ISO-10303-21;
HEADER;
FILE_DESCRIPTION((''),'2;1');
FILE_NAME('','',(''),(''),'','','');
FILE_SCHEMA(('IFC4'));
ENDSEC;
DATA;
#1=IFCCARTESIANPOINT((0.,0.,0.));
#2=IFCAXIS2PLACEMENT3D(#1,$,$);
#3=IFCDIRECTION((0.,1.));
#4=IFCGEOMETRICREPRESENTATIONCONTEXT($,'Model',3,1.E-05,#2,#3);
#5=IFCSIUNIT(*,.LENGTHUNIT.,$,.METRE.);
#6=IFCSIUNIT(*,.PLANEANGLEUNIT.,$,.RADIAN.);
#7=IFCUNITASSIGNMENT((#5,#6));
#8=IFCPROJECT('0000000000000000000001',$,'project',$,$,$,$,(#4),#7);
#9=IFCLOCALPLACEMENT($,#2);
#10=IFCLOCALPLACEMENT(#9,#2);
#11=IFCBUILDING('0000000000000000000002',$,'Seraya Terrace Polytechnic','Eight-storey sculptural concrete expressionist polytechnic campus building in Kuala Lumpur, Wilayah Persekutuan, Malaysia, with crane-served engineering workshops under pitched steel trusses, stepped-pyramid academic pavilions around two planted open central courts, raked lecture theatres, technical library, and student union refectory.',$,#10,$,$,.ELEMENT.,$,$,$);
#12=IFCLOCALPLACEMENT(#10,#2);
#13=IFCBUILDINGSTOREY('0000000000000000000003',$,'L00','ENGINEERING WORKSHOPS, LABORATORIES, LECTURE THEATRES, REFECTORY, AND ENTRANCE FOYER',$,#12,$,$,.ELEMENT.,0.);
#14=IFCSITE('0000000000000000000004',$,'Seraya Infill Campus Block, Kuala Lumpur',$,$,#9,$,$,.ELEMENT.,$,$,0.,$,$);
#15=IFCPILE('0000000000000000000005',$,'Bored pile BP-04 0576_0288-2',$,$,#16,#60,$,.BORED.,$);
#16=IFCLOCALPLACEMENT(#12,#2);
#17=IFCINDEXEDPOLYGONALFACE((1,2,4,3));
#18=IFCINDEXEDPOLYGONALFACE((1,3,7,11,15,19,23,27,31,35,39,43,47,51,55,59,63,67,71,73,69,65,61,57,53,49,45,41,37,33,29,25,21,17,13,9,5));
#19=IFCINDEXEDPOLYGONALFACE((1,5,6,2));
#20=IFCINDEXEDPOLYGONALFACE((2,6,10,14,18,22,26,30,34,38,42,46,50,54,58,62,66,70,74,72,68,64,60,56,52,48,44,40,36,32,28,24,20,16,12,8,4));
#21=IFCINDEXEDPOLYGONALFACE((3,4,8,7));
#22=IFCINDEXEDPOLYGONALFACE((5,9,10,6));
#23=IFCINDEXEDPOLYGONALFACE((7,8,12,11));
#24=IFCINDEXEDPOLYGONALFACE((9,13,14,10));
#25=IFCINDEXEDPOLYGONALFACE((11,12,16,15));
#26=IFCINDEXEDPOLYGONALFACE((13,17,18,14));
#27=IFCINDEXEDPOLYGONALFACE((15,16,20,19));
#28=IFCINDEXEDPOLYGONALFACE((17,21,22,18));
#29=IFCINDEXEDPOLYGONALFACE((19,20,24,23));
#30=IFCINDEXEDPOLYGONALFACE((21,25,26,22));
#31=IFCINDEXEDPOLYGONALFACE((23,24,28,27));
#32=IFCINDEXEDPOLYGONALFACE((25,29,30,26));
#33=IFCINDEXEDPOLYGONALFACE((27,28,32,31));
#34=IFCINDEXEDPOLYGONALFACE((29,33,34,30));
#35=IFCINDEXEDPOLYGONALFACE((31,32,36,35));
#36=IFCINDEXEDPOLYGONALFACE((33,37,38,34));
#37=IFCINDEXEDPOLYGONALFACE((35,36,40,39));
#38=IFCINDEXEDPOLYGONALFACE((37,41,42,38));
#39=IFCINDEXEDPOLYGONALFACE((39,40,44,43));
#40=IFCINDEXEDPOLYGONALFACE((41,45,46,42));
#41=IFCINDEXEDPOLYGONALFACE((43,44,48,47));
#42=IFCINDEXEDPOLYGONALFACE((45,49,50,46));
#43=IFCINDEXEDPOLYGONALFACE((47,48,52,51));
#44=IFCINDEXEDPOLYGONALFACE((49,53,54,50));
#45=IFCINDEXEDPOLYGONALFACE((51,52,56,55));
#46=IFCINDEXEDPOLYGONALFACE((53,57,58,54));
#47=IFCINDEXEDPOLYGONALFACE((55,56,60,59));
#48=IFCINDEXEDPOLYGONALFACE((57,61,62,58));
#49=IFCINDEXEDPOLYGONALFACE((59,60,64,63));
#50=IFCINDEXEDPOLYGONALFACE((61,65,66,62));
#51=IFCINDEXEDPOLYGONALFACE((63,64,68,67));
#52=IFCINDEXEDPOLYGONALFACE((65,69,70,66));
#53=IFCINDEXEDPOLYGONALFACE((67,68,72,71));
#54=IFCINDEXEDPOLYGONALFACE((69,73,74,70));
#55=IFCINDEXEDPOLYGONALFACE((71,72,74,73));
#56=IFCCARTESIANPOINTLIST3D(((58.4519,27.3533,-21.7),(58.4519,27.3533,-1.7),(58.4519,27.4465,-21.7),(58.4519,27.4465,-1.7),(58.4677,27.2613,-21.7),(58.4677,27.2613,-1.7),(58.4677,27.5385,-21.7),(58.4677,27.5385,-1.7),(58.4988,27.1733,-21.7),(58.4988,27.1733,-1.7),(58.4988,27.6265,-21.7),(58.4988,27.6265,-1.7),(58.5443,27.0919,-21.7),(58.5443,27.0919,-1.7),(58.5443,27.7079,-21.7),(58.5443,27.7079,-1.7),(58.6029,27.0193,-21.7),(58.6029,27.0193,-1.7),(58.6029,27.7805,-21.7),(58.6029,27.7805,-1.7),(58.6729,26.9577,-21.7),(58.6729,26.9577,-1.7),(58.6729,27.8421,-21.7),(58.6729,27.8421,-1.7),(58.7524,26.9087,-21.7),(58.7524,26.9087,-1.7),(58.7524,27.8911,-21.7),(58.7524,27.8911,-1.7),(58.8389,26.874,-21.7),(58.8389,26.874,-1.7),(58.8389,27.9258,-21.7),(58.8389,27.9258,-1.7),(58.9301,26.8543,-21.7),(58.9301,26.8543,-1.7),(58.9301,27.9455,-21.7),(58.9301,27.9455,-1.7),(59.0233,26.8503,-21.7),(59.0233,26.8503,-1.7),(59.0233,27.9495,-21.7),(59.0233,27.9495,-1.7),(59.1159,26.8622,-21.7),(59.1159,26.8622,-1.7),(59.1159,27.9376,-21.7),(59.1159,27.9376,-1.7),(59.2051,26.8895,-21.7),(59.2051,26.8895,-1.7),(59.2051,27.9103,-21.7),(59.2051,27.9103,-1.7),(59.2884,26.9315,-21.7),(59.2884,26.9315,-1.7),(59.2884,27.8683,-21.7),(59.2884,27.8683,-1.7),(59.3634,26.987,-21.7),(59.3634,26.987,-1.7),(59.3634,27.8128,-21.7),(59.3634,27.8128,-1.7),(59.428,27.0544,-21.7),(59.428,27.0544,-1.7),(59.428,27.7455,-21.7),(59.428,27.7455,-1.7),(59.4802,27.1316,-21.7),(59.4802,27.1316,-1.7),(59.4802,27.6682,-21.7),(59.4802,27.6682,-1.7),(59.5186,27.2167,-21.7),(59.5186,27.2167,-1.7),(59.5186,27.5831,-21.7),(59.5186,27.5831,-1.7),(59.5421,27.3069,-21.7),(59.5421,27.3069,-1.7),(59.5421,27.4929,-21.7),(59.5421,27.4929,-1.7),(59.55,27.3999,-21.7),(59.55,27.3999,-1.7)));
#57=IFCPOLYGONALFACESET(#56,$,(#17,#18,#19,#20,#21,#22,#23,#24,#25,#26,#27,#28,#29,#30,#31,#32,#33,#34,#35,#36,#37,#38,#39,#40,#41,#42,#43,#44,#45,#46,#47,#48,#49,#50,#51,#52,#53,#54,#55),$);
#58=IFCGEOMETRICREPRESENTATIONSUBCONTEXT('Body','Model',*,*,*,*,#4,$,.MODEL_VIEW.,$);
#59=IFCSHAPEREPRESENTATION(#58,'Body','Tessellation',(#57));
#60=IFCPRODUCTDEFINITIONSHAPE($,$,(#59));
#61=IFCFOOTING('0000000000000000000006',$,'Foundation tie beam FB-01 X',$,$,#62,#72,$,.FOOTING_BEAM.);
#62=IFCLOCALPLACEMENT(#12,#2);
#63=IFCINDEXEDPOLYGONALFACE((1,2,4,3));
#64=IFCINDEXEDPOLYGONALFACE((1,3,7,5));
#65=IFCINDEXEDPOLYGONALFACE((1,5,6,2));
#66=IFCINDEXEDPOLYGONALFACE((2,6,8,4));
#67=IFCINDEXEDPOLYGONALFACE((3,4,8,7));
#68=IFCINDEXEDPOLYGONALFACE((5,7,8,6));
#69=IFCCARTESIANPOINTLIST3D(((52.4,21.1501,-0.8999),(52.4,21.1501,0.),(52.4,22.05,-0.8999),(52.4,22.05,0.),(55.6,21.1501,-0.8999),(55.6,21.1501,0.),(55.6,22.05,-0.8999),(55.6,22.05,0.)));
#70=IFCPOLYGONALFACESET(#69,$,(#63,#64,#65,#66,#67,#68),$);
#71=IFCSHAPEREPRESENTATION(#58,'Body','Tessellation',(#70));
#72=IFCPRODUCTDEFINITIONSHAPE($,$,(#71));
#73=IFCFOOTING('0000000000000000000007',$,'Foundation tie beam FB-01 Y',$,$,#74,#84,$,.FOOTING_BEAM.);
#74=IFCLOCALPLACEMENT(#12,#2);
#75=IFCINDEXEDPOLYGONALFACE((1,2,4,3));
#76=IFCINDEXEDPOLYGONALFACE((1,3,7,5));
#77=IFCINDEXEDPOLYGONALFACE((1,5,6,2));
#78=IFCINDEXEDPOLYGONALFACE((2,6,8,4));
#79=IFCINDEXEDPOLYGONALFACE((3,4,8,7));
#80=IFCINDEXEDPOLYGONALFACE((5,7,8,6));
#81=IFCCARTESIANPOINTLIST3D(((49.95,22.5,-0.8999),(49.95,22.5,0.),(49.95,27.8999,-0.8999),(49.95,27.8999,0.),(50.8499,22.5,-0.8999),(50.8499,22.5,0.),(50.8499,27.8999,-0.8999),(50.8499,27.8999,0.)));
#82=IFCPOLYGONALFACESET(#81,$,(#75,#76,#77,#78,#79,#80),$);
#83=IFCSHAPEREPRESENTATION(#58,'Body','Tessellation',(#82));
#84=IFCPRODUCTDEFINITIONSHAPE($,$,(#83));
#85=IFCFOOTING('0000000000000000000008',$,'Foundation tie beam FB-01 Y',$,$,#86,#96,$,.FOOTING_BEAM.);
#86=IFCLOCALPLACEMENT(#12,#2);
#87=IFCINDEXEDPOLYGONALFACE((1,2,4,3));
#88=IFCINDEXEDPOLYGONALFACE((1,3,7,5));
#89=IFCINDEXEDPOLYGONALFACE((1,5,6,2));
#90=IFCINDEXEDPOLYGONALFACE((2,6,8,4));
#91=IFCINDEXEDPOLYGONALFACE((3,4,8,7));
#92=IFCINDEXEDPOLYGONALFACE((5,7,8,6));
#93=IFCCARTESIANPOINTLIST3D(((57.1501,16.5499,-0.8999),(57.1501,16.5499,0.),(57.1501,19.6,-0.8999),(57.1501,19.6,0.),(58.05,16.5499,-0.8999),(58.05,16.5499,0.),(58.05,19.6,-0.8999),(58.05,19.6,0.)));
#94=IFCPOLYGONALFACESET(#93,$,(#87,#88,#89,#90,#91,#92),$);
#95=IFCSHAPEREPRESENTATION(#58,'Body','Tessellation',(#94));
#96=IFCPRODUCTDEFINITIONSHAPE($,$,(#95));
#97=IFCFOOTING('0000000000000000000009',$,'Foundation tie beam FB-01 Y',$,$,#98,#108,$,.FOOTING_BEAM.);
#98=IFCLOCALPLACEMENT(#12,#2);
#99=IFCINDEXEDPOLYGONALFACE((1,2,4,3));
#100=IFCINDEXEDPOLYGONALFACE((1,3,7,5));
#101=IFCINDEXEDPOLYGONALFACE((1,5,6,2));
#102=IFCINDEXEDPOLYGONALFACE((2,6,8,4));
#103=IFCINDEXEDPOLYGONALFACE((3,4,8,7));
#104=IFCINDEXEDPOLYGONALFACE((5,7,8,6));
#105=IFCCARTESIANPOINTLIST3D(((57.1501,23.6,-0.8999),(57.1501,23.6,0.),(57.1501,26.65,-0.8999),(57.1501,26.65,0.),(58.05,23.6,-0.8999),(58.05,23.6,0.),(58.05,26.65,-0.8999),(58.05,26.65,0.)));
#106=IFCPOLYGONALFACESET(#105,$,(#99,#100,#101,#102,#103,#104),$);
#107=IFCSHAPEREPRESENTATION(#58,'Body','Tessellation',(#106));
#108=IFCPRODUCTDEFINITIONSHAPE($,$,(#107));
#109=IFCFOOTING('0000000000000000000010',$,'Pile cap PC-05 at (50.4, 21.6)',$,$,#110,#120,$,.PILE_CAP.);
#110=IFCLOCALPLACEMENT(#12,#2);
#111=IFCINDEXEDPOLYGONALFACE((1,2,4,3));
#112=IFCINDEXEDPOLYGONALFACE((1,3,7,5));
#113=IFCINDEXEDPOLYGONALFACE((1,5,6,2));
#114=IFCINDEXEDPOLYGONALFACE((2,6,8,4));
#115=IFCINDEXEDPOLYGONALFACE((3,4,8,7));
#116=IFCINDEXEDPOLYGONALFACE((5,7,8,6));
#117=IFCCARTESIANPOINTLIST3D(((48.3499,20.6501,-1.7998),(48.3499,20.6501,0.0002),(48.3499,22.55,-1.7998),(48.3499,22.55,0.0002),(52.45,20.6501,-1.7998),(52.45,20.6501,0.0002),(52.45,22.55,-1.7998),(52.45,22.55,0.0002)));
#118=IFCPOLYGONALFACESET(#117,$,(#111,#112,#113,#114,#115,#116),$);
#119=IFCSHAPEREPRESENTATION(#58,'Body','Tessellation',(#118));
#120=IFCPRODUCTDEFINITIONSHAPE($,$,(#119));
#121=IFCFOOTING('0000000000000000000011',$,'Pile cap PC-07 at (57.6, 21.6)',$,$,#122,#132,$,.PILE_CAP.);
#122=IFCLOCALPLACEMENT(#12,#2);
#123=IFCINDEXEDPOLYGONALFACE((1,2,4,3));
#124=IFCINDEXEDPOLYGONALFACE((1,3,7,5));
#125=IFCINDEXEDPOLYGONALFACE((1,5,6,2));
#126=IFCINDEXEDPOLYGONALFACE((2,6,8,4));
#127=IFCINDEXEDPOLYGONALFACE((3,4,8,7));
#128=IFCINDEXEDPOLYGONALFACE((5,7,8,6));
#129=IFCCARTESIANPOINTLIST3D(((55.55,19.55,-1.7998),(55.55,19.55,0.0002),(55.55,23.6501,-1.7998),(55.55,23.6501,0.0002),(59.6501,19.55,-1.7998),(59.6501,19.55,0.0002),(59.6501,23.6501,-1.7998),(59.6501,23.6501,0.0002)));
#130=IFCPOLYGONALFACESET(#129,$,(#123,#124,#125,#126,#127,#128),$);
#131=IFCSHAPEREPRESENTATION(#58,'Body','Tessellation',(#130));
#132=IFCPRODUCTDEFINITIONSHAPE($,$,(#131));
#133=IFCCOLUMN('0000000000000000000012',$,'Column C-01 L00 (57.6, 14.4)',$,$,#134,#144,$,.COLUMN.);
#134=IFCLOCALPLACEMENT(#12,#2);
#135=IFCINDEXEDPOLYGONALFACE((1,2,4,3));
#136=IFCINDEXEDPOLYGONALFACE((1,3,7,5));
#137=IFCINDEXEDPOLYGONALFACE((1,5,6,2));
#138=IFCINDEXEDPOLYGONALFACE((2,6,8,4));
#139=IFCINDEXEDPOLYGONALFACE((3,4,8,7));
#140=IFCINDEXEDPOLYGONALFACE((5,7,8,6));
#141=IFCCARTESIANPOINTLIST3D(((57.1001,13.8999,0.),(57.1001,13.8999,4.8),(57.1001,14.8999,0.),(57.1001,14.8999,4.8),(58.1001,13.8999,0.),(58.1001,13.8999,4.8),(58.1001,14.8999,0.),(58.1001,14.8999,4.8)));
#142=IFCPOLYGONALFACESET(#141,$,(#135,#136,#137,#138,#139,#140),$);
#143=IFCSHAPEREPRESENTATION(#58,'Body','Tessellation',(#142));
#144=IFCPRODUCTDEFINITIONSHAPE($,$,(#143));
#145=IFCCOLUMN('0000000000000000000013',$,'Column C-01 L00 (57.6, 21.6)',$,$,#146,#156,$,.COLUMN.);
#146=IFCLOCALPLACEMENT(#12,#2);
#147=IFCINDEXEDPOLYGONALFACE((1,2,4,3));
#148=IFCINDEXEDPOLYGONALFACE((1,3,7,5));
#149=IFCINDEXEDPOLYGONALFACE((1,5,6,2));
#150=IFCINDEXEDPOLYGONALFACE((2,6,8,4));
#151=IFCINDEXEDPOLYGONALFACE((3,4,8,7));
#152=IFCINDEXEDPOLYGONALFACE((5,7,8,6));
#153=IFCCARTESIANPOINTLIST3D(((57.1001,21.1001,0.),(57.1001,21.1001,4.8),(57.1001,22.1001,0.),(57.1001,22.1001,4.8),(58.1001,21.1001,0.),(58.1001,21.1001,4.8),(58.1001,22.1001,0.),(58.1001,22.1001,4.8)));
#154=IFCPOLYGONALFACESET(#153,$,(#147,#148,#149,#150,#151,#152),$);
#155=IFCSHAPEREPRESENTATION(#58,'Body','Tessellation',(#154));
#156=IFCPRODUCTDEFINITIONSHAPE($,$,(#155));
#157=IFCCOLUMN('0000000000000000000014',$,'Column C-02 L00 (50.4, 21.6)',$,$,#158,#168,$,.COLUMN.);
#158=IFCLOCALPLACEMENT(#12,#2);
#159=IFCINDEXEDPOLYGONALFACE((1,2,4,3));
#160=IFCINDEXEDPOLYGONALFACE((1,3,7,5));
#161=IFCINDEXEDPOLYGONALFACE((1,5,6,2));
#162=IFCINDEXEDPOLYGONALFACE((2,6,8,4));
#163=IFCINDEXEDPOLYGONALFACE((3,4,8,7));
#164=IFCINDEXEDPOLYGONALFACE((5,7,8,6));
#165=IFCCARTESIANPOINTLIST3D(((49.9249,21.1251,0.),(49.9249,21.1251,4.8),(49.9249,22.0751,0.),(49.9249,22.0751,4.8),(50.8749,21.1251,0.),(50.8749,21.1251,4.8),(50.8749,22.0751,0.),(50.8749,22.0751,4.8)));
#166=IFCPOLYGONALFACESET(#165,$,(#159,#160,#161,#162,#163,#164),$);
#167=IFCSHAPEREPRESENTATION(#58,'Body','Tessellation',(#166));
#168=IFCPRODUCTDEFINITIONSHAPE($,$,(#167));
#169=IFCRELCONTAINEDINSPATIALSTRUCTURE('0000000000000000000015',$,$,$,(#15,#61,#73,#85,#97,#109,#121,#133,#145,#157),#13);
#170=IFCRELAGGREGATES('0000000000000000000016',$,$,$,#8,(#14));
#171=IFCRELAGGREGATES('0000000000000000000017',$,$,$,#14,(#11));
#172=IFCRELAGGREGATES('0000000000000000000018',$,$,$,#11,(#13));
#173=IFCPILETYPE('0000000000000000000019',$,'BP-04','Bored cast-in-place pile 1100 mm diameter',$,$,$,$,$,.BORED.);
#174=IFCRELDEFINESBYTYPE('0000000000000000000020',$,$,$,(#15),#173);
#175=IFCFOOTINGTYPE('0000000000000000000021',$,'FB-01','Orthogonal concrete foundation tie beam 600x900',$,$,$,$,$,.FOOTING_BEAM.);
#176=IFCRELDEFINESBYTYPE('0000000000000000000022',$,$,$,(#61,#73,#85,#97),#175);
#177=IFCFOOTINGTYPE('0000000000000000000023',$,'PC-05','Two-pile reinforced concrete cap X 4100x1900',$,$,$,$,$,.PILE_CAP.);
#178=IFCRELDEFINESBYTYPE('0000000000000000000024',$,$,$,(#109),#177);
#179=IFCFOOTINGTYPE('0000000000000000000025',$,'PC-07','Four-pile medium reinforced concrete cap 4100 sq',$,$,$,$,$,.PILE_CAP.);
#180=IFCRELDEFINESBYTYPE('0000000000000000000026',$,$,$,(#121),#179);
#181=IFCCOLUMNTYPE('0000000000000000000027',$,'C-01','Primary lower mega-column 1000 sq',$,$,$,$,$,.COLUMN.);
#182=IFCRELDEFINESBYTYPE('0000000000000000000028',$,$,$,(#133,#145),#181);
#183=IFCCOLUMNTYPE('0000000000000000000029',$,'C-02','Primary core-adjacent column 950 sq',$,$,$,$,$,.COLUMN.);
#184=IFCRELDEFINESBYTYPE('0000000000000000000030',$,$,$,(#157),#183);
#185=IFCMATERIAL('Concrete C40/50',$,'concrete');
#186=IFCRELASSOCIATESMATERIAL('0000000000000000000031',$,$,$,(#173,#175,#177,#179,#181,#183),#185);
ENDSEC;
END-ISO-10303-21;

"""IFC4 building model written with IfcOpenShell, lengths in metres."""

from ifc_helpers import new_model, si_unit, direction, frame, origin, origin_2d, place, context, subcontext, project, spatial, rectangle, circle, extrude, material, material_profile, profile_set, type_object, element, save


model = new_model("IFC4")

# Units and contexts
model_context = context("Model", 3, precision=1e-05, world=origin(), true_north=direction((0.0, 1.0)))
body_context = subcontext(model_context, "Body", "Model", "MODEL_VIEW")
ifc_project = project(units=[si_unit("LENGTHUNIT", "METRE"), si_unit("PLANEANGLEUNIT", "RADIAN")], contexts=[model_context])

# Site, building, storey
site_placement = place(None, origin())
site = spatial("IfcSite", under=ifc_project, at=site_placement, Name="Seraya Infill Campus Block, Kuala Lumpur", CompositionType="ELEMENT", RefElevation=0.0)
building_placement = place(site_placement, origin())
building = spatial("IfcBuilding", under=site, at=building_placement, Name="Seraya Terrace Polytechnic", Description="Eight-storey sculptural concrete expressionist polytechnic campus building in Kuala Lumpur, Wilayah Persekutuan, Malaysia, with crane-served engineering workshops under pitched steel trusses, stepped-pyramid academic pavilions around two planted open central courts, raked lecture theatres, technical library, and student union refectory.", CompositionType="ELEMENT")
storey_placement = place(building_placement, origin())
storey = spatial("IfcBuildingStorey", under=building, at=storey_placement, Name="L00", Description="ENGINEERING WORKSHOPS, LABORATORIES, LECTURE THEATRES, REFECTORY, AND ENTRANCE FOYER", CompositionType="ELEMENT", Elevation=0.0)

# Pile
ifc_material_1 = material(Name="Concrete C40/50", Category="concrete")
ifc_material_profile_1 = material_profile(ifc_material_1, circle(Radius=0.55, at=origin_2d()), Name="DIA 1100")
ifc_profile_set_1 = profile_set([ifc_material_profile_1], Name="Concrete C40/50")
pile_type_1 = type_object("IfcPileType", Name="BP-04", Description="Bored cast-in-place pile 1100 mm diameter", PredefinedType="BORED", material=ifc_profile_set_1)
for number, where, z_axis, x_axis, name in (
    (1, (59.0, 27.3999, -1.7), (0.0, 0.0, -1.0), (1.0, 0.0, 0.0), "Bored pile BP-04 0576_0288-2"),
):
    element("IfcPile", number, at=place(storey_placement, frame(where, z_axis=z_axis, x_axis=x_axis)), inside=storey, type_object=pile_type_1, Name=name, PredefinedType="BORED", context=body_context, shape_type="SweptSolid", body=[
        extrude(circle(Radius=0.55, at=origin_2d()), origin(), (0.0, 0.0, 1.0), 20.0),
    ])

# Footings
footing_type_1 = type_object("IfcFootingType", Name="FB-01", Description="Orthogonal concrete foundation tie beam 600x900", PredefinedType="FOOTING_BEAM", material=ifc_material_1)
footing_1_placement = place(storey_placement, frame((54.0, 21.6001, -0.8999), z_axis=(0.0, 0.0, 1.0), x_axis=(1.0, 0.0, 0.0)))
element("IfcFooting", 2, at=footing_1_placement, inside=storey, type_object=footing_type_1, Name="Foundation tie beam FB-01 X", PredefinedType="FOOTING_BEAM", context=body_context, shape_type="SweptSolid", body=[
    extrude(rectangle(XDim=3.2, YDim=0.8999, at=origin_2d()), origin(), (0.0, 0.0, 1.0), 0.8999),
])
footing_2_placement = place(storey_placement, frame((50.3999, 25.2, -0.8999), z_axis=(0.0, 0.0, 1.0), x_axis=(0.0, 1.0, 0.0)))
element("IfcFooting", 3, at=footing_2_placement, inside=storey, type_object=footing_type_1, Name="Foundation tie beam FB-01 Y", PredefinedType="FOOTING_BEAM", context=body_context, shape_type="SweptSolid", body=[
    extrude(rectangle(XDim=5.3999, YDim=0.8999, at=origin_2d()), origin(), (0.0, 0.0, 1.0), 0.8999),
])
for number, where, z_axis, x_axis, name in (
    (4, (57.6001, 18.075, -0.8999), (0.0, 0.0, 1.0), (0.0, 1.0, 0.0), "Foundation tie beam FB-01 Y"),
    (5, (57.6001, 25.125, -0.8999), (0.0, 0.0, 1.0), (0.0, 1.0, 0.0), "Foundation tie beam FB-01 Y"),
):
    element("IfcFooting", number, at=place(storey_placement, frame(where, z_axis=z_axis, x_axis=x_axis)), inside=storey, type_object=footing_type_1, Name=name, PredefinedType="FOOTING_BEAM", context=body_context, shape_type="SweptSolid", body=[
        extrude(rectangle(XDim=3.05, YDim=0.8999, at=origin_2d()), origin(), (0.0, 0.0, 1.0), 0.8999),
    ])
footing_type_2 = type_object("IfcFootingType", Name="PC-05", Description="Two-pile reinforced concrete cap X 4100x1900", PredefinedType="PILE_CAP", material=ifc_material_1)
footing_3_placement = place(storey_placement, frame((50.3999, 21.6001, -1.7998), z_axis=(0.0, 0.0, 1.0), x_axis=(1.0, 0.0, 0.0)))
element("IfcFooting", 6, at=footing_3_placement, inside=storey, type_object=footing_type_2, Name="Pile cap PC-05 at (50.4, 21.6)", PredefinedType="PILE_CAP", context=body_context, shape_type="SweptSolid", body=[
    extrude(rectangle(XDim=4.1001, YDim=1.8999, at=origin_2d()), origin(), (0.0, 0.0, 1.0), 1.8),
])
footing_type_3 = type_object("IfcFootingType", Name="PC-07", Description="Four-pile medium reinforced concrete cap 4100 sq", PredefinedType="PILE_CAP", material=ifc_material_1)
footing_4_placement = place(storey_placement, frame((57.6001, 21.6001, -1.7998), z_axis=(0.0, 0.0, 1.0), x_axis=(1.0, 0.0, 0.0)))
element("IfcFooting", 7, at=footing_4_placement, inside=storey, type_object=footing_type_3, Name="Pile cap PC-07 at (57.6, 21.6)", PredefinedType="PILE_CAP", context=body_context, shape_type="SweptSolid", body=[
    extrude(rectangle(XDim=4.1001, YDim=4.1001, at=origin_2d()), origin(), (0.0, 0.0, 1.0), 1.8),
])

# Columns
ifc_material_profile_2 = material_profile(ifc_material_1, rectangle(XDim=1.0, YDim=1.0, at=origin_2d()), Name="RC 1000x1000")
ifc_profile_set_2 = profile_set([ifc_material_profile_2], Name="Concrete C40/50")
column_type_1 = type_object("IfcColumnType", Name="C-01", Description="Primary lower mega-column 1000 sq", PredefinedType="COLUMN", material=ifc_profile_set_2)
for number, where, z_axis, x_axis, name in (
    (8, (57.6001, 14.3999, 0.0), (0.0, 0.0, 1.0), (1.0, 0.0, 0.0), "Column C-01 L00 (57.6, 14.4)"),
    (9, (57.6001, 21.6001, 0.0), (0.0, 0.0, 1.0), (1.0, 0.0, 0.0), "Column C-01 L00 (57.6, 21.6)"),
):
    element("IfcColumn", number, at=place(storey_placement, frame(where, z_axis=z_axis, x_axis=x_axis)), inside=storey, type_object=column_type_1, Name=name, PredefinedType="COLUMN", context=body_context, shape_type="SweptSolid", body=[
        extrude(rectangle(XDim=1.0, YDim=1.0, at=origin_2d()), origin(), (0.0, 0.0, 1.0), 4.8),
    ])
ifc_material_profile_3 = material_profile(ifc_material_1, rectangle(XDim=0.95, YDim=0.95, at=origin_2d()), Name="RC 950x950")
ifc_profile_set_3 = profile_set([ifc_material_profile_3], Name="Concrete C40/50")
column_type_2 = type_object("IfcColumnType", Name="C-02", Description="Primary core-adjacent column 950 sq", PredefinedType="COLUMN", material=ifc_profile_set_3)
column_placement = place(storey_placement, frame((50.3999, 21.6001, 0.0), z_axis=(0.0, 0.0, 1.0), x_axis=(1.0, 0.0, 0.0)))
element("IfcColumn", 10, at=column_placement, inside=storey, type_object=column_type_2, Name="Column C-02 L00 (50.4, 21.6)", PredefinedType="COLUMN", context=body_context, shape_type="SweptSolid", body=[
    extrude(rectangle(XDim=0.95, YDim=0.95, at=origin_2d()), origin(), (0.0, 0.0, 1.0), 4.8),
])

save(model, "model.ifc")
